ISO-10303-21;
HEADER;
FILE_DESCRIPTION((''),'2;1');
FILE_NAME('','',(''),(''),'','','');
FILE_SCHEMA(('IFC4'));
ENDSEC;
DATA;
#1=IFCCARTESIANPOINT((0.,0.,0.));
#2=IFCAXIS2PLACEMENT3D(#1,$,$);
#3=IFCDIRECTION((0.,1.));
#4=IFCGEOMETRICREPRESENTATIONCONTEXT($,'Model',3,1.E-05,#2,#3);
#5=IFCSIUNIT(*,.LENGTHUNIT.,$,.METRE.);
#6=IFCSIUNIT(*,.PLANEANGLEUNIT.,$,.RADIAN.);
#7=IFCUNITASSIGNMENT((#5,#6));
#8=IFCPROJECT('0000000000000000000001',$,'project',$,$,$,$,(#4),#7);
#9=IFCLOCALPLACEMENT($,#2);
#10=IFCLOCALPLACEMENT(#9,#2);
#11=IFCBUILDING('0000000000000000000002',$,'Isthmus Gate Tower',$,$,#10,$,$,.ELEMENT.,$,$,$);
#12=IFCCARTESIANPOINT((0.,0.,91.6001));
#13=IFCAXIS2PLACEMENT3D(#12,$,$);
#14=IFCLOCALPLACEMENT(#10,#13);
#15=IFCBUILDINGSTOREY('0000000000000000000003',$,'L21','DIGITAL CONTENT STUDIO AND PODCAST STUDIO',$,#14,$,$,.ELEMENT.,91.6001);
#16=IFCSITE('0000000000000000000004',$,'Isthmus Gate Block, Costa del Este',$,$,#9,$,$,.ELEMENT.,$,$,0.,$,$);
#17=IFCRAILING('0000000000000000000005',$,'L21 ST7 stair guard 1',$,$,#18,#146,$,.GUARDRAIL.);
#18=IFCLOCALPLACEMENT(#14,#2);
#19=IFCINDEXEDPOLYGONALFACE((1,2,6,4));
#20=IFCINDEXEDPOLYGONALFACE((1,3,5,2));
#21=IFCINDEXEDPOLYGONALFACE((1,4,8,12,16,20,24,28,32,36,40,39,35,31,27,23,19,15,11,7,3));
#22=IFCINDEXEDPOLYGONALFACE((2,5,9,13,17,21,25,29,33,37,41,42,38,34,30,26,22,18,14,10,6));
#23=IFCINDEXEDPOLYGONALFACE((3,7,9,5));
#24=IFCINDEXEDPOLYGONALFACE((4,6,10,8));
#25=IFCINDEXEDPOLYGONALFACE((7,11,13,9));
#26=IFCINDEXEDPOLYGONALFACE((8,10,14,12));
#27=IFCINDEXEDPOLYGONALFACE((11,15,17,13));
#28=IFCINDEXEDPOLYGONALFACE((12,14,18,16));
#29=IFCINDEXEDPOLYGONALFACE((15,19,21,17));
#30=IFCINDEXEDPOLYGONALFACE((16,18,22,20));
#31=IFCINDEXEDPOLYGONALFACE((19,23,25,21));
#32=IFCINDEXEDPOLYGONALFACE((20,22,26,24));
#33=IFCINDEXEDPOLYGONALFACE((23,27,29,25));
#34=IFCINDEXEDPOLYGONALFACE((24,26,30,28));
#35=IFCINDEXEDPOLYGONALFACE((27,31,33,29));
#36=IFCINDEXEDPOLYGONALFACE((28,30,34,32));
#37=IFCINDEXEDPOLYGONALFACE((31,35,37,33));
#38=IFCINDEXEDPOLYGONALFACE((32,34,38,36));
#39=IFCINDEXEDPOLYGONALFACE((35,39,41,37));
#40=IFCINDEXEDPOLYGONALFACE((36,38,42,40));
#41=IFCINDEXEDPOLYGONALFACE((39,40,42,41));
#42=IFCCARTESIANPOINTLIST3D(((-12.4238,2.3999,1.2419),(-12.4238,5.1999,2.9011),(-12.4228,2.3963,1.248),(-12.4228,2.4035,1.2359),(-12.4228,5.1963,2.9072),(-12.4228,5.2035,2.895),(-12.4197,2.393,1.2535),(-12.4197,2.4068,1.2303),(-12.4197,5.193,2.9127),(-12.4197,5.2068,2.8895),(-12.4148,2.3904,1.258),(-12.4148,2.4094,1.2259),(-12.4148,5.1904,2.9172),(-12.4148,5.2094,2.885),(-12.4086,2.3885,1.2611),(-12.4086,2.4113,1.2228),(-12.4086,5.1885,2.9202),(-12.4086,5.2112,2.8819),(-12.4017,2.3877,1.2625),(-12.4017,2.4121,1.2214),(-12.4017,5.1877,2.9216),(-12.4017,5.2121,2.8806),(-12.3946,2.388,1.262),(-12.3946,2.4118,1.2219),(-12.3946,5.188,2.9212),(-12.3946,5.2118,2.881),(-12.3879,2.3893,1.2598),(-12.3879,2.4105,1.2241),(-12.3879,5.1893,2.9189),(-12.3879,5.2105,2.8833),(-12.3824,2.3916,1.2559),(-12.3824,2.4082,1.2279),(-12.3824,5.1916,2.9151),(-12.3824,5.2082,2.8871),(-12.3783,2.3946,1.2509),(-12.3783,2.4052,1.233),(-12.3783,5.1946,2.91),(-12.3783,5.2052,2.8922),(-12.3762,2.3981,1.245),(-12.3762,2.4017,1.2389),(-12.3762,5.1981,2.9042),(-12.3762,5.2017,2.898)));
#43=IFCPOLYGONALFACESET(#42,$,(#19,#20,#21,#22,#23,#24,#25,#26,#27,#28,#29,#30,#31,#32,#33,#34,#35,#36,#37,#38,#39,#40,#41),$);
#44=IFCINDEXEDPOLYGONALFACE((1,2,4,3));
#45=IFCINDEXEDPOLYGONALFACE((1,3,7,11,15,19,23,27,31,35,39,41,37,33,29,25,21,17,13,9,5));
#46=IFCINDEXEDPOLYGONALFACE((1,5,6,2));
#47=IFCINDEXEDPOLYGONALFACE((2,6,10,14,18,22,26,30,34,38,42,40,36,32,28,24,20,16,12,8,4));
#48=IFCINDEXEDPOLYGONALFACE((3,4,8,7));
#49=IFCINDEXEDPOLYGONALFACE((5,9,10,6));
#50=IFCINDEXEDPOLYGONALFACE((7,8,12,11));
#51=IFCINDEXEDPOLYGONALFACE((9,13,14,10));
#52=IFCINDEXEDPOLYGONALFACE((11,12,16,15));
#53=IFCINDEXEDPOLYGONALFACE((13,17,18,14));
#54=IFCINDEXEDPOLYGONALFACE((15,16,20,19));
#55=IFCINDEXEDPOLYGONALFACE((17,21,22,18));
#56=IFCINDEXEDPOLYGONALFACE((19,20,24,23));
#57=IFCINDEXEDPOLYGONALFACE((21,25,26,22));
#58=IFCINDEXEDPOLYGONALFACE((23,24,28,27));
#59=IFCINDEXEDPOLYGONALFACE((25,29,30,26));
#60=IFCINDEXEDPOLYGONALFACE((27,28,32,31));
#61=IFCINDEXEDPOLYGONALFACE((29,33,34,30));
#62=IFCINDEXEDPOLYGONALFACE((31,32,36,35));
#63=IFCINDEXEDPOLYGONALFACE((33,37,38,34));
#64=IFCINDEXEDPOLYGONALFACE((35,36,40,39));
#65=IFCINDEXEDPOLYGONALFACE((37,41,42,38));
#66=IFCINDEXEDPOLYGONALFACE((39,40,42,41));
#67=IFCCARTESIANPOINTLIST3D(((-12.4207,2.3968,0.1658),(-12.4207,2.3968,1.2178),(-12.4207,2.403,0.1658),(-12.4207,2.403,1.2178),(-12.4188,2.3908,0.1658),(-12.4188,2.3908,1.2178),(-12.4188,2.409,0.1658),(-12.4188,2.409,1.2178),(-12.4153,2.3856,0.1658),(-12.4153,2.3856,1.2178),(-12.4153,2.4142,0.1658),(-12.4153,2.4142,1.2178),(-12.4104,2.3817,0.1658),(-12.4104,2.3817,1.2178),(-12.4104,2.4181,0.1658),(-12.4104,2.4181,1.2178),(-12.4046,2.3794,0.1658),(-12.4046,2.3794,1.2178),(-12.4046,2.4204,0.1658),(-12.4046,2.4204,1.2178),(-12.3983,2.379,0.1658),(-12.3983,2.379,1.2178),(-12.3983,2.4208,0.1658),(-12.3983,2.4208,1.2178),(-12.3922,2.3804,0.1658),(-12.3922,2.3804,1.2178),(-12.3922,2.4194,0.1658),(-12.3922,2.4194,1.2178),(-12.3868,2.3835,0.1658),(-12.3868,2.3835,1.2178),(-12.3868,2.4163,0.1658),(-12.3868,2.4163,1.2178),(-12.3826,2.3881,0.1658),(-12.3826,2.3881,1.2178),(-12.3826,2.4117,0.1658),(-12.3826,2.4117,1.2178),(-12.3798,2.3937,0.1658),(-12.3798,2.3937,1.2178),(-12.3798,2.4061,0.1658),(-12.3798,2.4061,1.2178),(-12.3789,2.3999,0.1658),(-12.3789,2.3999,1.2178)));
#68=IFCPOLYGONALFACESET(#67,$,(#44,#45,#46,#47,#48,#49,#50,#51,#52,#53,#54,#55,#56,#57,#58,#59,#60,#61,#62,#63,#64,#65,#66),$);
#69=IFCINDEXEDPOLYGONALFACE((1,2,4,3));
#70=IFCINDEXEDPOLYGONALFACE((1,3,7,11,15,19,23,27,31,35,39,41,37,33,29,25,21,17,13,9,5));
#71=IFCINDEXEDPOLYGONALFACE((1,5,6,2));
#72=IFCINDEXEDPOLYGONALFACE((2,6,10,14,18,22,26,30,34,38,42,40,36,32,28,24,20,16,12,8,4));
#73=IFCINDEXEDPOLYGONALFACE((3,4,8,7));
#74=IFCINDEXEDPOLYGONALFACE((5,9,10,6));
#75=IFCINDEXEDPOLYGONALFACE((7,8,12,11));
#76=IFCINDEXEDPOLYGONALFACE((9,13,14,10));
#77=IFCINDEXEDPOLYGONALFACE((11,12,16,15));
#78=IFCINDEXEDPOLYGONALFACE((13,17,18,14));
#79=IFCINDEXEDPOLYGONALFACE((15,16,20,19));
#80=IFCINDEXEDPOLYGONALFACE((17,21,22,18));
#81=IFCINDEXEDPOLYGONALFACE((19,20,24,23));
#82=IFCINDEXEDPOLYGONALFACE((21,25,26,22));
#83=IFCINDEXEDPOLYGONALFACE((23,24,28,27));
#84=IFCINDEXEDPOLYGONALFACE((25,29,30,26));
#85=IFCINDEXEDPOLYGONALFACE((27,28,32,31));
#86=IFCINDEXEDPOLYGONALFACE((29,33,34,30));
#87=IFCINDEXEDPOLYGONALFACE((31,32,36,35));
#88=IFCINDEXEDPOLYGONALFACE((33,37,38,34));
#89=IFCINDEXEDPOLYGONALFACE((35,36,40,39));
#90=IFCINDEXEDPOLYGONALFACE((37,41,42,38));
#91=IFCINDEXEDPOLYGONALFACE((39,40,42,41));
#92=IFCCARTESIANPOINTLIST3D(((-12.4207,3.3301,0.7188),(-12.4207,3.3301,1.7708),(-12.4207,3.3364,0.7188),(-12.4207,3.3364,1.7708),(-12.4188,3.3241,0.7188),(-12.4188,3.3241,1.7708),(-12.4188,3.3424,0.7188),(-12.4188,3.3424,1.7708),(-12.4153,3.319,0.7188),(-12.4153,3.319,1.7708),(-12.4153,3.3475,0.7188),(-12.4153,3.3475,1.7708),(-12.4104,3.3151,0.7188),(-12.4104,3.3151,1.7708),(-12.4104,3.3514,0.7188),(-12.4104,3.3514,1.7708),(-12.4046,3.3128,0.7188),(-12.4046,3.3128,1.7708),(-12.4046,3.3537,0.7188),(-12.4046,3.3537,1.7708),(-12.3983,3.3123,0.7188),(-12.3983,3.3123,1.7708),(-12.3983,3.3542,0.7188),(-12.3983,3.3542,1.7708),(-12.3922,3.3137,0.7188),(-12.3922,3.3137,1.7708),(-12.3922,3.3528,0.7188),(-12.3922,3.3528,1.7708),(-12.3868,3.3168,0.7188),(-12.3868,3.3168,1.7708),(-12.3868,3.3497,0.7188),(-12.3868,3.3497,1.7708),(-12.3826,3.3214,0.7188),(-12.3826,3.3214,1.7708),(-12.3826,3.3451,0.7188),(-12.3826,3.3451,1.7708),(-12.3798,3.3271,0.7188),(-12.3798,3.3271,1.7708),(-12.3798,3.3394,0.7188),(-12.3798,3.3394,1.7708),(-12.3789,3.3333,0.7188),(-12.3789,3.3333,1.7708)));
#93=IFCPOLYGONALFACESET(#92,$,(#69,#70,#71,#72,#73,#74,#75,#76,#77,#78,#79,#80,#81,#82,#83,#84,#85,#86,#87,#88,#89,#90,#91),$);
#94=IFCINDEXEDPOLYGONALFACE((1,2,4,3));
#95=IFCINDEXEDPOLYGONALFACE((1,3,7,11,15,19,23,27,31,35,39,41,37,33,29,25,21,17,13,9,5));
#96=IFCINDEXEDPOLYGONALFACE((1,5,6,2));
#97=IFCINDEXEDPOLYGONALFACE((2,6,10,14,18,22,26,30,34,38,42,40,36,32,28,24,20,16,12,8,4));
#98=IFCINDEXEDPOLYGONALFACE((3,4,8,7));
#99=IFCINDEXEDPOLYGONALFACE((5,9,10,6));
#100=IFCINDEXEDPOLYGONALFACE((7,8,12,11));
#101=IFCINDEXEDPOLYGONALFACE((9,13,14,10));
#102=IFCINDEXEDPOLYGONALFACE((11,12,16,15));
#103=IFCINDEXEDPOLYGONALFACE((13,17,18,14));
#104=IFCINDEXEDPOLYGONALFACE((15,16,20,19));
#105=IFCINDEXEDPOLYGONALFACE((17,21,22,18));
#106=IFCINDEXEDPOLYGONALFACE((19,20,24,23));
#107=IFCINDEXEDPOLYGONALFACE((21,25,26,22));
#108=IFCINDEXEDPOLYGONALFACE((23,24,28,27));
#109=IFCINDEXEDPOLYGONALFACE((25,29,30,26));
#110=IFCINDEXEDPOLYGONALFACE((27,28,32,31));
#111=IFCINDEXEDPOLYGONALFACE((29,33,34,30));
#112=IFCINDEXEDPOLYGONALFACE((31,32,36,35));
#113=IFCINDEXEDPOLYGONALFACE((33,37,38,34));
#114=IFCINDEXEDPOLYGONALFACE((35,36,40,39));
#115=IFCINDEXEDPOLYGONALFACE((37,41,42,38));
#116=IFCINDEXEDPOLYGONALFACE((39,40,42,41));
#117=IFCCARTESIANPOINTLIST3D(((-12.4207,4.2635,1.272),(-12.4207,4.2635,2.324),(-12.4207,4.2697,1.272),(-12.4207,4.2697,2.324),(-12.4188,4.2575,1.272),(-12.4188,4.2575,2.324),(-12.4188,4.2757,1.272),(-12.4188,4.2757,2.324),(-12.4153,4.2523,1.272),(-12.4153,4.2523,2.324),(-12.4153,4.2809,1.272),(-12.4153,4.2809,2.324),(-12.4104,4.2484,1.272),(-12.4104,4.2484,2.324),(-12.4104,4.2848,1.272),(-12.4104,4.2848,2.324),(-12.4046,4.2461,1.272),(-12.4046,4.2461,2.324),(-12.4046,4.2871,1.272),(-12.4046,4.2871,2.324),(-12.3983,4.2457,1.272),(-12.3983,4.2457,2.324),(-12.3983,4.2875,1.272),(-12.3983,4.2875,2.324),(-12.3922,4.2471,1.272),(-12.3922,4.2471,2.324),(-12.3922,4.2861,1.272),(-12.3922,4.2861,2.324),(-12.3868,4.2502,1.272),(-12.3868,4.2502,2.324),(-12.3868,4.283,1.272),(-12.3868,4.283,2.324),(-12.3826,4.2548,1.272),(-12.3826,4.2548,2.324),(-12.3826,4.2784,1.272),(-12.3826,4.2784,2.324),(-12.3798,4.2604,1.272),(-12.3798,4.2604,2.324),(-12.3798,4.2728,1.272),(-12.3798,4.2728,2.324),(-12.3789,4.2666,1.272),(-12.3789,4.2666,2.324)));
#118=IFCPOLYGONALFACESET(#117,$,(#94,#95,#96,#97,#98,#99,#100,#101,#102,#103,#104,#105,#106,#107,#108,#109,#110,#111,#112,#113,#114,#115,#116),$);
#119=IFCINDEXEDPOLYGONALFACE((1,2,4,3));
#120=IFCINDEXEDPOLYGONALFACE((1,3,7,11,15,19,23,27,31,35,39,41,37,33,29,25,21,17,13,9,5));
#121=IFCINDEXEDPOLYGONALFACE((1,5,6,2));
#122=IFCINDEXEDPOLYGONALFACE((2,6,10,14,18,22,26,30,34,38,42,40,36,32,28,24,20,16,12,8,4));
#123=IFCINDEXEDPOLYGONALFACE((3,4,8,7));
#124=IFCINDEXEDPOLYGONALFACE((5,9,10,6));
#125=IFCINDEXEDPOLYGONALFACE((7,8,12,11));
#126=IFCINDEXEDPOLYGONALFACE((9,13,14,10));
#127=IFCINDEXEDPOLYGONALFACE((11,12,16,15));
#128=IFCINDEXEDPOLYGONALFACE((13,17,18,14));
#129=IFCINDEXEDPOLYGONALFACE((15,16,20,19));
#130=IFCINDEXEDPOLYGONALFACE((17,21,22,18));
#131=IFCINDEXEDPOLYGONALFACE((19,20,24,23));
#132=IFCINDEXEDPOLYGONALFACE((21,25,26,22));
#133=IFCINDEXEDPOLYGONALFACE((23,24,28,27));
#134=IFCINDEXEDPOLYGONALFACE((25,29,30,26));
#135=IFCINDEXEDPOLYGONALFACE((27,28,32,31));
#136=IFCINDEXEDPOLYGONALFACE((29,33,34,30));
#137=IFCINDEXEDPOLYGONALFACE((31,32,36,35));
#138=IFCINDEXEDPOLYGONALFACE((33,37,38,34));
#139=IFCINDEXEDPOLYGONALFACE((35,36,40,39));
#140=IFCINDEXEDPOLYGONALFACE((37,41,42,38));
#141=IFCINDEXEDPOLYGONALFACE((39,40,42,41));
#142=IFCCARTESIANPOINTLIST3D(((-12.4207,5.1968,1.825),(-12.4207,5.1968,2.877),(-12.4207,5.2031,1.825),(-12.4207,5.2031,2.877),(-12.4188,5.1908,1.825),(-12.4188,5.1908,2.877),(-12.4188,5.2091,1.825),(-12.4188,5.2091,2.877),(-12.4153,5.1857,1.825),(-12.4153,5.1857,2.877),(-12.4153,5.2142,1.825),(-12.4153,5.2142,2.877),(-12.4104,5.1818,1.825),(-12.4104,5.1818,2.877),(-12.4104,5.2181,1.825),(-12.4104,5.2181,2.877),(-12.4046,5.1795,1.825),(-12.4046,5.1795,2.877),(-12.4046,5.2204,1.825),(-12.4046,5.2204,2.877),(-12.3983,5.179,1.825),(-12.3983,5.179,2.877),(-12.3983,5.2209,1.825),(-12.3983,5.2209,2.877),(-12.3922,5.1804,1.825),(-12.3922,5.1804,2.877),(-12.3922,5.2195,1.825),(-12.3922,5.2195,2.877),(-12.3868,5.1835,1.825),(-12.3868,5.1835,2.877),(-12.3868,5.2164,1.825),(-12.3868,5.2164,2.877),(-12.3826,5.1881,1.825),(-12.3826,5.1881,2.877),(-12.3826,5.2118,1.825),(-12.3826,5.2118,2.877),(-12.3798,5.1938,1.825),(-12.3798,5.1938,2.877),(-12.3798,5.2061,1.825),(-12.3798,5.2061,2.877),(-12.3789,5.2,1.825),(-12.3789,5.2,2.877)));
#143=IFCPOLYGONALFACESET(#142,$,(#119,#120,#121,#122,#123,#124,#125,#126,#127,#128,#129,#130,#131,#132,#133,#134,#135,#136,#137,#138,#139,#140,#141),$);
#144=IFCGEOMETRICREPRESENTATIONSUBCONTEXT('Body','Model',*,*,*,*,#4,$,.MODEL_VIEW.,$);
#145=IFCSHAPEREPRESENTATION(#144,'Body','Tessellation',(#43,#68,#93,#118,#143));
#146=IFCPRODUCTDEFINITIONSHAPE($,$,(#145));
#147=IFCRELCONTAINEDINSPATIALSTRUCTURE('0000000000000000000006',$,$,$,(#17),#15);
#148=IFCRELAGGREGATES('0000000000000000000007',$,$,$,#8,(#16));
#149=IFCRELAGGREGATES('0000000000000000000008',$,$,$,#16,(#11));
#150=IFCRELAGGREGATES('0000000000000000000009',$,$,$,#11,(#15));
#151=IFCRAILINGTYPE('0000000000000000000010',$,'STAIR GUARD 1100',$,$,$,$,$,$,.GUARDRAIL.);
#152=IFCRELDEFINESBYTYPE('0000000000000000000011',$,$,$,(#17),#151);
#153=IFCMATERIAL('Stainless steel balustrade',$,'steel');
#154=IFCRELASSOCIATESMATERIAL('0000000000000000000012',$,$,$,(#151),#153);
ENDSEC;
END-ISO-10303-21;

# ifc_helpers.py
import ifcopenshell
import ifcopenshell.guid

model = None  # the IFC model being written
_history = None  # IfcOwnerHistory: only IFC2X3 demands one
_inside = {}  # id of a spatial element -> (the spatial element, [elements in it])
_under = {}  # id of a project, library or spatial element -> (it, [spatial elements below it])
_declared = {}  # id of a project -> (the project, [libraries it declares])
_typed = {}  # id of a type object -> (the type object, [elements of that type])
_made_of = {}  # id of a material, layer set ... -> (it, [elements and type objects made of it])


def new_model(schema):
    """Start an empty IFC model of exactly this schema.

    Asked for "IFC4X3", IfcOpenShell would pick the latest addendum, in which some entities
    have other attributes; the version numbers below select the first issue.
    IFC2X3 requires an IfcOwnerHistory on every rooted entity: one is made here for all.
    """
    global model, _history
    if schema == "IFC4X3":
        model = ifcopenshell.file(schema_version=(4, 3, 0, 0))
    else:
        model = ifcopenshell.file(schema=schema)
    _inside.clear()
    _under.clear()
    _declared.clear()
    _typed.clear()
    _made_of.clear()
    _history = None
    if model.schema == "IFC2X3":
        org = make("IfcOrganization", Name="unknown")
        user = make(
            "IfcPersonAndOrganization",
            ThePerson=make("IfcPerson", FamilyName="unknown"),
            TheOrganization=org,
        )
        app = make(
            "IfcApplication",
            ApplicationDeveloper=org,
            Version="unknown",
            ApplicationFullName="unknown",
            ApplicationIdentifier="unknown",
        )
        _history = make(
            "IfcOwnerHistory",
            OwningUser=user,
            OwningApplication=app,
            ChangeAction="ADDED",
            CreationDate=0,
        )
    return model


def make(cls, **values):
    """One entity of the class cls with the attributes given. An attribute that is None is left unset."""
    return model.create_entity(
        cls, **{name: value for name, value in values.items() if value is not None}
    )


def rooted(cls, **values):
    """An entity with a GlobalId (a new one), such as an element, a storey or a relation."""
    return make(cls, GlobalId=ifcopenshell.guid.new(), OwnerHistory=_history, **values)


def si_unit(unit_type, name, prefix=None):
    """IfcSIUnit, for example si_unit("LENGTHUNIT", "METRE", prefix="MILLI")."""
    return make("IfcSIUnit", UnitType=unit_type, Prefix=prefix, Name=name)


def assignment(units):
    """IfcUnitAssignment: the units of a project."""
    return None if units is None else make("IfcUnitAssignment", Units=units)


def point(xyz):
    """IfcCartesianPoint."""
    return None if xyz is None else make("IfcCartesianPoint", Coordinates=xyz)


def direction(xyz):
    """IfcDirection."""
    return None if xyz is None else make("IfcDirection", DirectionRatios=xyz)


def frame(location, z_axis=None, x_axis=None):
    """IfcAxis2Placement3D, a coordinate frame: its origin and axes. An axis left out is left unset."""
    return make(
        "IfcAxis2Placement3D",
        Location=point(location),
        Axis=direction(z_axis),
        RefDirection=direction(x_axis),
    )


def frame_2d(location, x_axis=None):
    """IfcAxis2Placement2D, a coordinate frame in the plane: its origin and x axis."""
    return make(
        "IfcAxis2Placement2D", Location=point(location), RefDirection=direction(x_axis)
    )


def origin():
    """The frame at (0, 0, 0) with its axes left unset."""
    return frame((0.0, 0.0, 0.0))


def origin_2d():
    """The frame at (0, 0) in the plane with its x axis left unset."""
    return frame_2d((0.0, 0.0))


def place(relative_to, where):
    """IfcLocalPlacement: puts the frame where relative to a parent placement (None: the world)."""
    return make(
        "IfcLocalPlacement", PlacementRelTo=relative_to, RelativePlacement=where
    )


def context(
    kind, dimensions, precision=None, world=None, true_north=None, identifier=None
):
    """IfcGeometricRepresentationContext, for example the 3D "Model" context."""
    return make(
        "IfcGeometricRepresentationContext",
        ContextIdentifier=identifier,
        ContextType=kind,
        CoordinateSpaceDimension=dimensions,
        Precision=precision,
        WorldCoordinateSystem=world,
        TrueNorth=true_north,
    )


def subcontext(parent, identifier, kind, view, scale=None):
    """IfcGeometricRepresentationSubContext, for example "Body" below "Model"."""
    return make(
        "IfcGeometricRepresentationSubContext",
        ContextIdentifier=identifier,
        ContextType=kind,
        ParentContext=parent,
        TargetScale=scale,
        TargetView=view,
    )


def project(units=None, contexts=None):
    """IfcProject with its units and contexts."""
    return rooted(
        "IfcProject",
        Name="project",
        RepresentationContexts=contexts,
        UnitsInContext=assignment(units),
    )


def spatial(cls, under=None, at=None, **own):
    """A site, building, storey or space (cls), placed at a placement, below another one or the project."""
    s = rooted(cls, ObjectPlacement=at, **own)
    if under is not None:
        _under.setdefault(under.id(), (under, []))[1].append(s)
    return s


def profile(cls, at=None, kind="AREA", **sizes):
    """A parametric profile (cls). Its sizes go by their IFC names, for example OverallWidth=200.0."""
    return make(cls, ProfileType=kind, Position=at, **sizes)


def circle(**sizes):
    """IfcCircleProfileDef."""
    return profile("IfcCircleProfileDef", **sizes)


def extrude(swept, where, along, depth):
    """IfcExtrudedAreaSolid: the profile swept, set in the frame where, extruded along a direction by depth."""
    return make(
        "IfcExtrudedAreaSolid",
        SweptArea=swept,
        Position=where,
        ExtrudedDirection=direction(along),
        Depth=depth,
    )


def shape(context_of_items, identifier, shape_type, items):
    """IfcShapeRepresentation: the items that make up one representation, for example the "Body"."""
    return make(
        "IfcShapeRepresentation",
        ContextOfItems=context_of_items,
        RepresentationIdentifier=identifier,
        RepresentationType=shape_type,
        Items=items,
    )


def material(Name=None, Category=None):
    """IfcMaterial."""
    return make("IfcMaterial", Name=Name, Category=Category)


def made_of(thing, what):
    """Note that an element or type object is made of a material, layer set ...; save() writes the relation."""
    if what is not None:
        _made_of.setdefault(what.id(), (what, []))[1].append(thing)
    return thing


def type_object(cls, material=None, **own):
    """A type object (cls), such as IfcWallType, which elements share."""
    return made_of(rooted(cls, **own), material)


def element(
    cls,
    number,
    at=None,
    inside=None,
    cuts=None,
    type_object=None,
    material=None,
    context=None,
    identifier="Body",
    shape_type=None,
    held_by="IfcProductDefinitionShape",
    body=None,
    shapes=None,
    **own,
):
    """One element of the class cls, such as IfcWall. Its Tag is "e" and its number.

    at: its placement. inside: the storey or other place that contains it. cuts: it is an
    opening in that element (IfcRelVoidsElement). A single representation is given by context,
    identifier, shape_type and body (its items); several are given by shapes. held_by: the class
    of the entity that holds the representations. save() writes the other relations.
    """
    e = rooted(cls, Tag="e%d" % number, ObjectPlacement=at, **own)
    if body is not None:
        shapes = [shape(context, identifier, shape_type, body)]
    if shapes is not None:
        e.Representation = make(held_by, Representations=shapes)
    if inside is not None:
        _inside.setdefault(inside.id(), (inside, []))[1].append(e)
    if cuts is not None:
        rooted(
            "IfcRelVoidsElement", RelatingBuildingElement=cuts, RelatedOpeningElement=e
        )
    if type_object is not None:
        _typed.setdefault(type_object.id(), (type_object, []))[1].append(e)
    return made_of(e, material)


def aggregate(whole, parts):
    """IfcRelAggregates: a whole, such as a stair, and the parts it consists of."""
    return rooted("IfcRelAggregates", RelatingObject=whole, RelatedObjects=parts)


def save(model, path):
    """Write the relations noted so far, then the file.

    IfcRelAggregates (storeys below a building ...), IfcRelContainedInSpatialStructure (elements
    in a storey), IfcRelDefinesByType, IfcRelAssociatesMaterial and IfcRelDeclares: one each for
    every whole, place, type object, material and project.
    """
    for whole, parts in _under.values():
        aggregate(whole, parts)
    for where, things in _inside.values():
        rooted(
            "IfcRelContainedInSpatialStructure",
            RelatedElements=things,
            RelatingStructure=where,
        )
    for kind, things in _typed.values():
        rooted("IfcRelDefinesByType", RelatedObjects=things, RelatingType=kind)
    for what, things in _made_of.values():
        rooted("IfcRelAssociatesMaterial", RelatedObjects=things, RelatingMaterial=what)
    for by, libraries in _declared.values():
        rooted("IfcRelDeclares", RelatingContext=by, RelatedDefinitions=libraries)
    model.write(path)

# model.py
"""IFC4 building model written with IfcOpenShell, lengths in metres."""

from ifc_helpers import new_model, si_unit, direction, frame, origin, origin_2d, place, context, subcontext, project, spatial, circle, extrude, material, type_object, element, save


model = new_model("IFC4")

# Units and contexts
model_context = context("Model", 3, precision=1e-05, world=origin(), true_north=direction((0.0, 1.0)))
body_context = subcontext(model_context, "Body", "Model", "MODEL_VIEW")
ifc_project = project(units=[si_unit("LENGTHUNIT", "METRE"), si_unit("PLANEANGLEUNIT", "RADIAN")], contexts=[model_context])

# Site, building, storey
site_placement = place(None, origin())
site = spatial("IfcSite", under=ifc_project, at=site_placement, Name="Isthmus Gate Block, Costa del Este", CompositionType="ELEMENT", RefElevation=0.0)
building_placement = place(site_placement, origin())
building = spatial("IfcBuilding", under=site, at=building_placement, Name="Isthmus Gate Tower", CompositionType="ELEMENT")
storey_placement = place(building_placement, frame((0.0, 0.0, 91.6001)))
storey = spatial("IfcBuildingStorey", under=building, at=storey_placement, Name="L21", Description="DIGITAL CONTENT STUDIO AND PODCAST STUDIO", CompositionType="ELEMENT", Elevation=91.6001)

# Railing
ifc_material_1 = material(Name="Stainless steel balustrade", Category="steel")
railing_type_1 = type_object("IfcRailingType", Name="STAIR GUARD 1100", PredefinedType="GUARDRAIL", material=ifc_material_1)
railing_1_placement = place(storey_placement, frame((-12.3999, 2.3999, 0.1658)))
element("IfcRailing", 1, at=railing_1_placement, inside=storey, type_object=railing_type_1, Name="L21 ST7 stair guard 1", PredefinedType="GUARDRAIL", context=body_context, shape_type="SweptSolid", body=[
    extrude(circle(Radius=0.0239, at=origin_2d()), frame((0.0, 0.0, 1.0762), z_axis=(0.0, 0.860306, 0.509778), x_axis=(-1.0, 0.0, 0.0)), (0.0, 0.0, 1.0), 3.2546),
    extrude(circle(Radius=0.021, at=origin_2d()), origin(), (0.0, 0.0, 1.0), 1.052),
    extrude(circle(Radius=0.021, at=origin_2d()), frame((0.0, 0.9333, 0.553)), (0.0, 0.0, 1.0), 1.052),
    extrude(circle(Radius=0.021, at=origin_2d()), frame((0.0, 1.8667, 1.1062)), (0.0, 0.0, 1.0), 1.052),
    extrude(circle(Radius=0.021, at=origin_2d()), frame((0.0, 2.8, 1.6592)), (0.0, 0.0, 1.0), 1.052),
])

save(model, "model.ifc")
